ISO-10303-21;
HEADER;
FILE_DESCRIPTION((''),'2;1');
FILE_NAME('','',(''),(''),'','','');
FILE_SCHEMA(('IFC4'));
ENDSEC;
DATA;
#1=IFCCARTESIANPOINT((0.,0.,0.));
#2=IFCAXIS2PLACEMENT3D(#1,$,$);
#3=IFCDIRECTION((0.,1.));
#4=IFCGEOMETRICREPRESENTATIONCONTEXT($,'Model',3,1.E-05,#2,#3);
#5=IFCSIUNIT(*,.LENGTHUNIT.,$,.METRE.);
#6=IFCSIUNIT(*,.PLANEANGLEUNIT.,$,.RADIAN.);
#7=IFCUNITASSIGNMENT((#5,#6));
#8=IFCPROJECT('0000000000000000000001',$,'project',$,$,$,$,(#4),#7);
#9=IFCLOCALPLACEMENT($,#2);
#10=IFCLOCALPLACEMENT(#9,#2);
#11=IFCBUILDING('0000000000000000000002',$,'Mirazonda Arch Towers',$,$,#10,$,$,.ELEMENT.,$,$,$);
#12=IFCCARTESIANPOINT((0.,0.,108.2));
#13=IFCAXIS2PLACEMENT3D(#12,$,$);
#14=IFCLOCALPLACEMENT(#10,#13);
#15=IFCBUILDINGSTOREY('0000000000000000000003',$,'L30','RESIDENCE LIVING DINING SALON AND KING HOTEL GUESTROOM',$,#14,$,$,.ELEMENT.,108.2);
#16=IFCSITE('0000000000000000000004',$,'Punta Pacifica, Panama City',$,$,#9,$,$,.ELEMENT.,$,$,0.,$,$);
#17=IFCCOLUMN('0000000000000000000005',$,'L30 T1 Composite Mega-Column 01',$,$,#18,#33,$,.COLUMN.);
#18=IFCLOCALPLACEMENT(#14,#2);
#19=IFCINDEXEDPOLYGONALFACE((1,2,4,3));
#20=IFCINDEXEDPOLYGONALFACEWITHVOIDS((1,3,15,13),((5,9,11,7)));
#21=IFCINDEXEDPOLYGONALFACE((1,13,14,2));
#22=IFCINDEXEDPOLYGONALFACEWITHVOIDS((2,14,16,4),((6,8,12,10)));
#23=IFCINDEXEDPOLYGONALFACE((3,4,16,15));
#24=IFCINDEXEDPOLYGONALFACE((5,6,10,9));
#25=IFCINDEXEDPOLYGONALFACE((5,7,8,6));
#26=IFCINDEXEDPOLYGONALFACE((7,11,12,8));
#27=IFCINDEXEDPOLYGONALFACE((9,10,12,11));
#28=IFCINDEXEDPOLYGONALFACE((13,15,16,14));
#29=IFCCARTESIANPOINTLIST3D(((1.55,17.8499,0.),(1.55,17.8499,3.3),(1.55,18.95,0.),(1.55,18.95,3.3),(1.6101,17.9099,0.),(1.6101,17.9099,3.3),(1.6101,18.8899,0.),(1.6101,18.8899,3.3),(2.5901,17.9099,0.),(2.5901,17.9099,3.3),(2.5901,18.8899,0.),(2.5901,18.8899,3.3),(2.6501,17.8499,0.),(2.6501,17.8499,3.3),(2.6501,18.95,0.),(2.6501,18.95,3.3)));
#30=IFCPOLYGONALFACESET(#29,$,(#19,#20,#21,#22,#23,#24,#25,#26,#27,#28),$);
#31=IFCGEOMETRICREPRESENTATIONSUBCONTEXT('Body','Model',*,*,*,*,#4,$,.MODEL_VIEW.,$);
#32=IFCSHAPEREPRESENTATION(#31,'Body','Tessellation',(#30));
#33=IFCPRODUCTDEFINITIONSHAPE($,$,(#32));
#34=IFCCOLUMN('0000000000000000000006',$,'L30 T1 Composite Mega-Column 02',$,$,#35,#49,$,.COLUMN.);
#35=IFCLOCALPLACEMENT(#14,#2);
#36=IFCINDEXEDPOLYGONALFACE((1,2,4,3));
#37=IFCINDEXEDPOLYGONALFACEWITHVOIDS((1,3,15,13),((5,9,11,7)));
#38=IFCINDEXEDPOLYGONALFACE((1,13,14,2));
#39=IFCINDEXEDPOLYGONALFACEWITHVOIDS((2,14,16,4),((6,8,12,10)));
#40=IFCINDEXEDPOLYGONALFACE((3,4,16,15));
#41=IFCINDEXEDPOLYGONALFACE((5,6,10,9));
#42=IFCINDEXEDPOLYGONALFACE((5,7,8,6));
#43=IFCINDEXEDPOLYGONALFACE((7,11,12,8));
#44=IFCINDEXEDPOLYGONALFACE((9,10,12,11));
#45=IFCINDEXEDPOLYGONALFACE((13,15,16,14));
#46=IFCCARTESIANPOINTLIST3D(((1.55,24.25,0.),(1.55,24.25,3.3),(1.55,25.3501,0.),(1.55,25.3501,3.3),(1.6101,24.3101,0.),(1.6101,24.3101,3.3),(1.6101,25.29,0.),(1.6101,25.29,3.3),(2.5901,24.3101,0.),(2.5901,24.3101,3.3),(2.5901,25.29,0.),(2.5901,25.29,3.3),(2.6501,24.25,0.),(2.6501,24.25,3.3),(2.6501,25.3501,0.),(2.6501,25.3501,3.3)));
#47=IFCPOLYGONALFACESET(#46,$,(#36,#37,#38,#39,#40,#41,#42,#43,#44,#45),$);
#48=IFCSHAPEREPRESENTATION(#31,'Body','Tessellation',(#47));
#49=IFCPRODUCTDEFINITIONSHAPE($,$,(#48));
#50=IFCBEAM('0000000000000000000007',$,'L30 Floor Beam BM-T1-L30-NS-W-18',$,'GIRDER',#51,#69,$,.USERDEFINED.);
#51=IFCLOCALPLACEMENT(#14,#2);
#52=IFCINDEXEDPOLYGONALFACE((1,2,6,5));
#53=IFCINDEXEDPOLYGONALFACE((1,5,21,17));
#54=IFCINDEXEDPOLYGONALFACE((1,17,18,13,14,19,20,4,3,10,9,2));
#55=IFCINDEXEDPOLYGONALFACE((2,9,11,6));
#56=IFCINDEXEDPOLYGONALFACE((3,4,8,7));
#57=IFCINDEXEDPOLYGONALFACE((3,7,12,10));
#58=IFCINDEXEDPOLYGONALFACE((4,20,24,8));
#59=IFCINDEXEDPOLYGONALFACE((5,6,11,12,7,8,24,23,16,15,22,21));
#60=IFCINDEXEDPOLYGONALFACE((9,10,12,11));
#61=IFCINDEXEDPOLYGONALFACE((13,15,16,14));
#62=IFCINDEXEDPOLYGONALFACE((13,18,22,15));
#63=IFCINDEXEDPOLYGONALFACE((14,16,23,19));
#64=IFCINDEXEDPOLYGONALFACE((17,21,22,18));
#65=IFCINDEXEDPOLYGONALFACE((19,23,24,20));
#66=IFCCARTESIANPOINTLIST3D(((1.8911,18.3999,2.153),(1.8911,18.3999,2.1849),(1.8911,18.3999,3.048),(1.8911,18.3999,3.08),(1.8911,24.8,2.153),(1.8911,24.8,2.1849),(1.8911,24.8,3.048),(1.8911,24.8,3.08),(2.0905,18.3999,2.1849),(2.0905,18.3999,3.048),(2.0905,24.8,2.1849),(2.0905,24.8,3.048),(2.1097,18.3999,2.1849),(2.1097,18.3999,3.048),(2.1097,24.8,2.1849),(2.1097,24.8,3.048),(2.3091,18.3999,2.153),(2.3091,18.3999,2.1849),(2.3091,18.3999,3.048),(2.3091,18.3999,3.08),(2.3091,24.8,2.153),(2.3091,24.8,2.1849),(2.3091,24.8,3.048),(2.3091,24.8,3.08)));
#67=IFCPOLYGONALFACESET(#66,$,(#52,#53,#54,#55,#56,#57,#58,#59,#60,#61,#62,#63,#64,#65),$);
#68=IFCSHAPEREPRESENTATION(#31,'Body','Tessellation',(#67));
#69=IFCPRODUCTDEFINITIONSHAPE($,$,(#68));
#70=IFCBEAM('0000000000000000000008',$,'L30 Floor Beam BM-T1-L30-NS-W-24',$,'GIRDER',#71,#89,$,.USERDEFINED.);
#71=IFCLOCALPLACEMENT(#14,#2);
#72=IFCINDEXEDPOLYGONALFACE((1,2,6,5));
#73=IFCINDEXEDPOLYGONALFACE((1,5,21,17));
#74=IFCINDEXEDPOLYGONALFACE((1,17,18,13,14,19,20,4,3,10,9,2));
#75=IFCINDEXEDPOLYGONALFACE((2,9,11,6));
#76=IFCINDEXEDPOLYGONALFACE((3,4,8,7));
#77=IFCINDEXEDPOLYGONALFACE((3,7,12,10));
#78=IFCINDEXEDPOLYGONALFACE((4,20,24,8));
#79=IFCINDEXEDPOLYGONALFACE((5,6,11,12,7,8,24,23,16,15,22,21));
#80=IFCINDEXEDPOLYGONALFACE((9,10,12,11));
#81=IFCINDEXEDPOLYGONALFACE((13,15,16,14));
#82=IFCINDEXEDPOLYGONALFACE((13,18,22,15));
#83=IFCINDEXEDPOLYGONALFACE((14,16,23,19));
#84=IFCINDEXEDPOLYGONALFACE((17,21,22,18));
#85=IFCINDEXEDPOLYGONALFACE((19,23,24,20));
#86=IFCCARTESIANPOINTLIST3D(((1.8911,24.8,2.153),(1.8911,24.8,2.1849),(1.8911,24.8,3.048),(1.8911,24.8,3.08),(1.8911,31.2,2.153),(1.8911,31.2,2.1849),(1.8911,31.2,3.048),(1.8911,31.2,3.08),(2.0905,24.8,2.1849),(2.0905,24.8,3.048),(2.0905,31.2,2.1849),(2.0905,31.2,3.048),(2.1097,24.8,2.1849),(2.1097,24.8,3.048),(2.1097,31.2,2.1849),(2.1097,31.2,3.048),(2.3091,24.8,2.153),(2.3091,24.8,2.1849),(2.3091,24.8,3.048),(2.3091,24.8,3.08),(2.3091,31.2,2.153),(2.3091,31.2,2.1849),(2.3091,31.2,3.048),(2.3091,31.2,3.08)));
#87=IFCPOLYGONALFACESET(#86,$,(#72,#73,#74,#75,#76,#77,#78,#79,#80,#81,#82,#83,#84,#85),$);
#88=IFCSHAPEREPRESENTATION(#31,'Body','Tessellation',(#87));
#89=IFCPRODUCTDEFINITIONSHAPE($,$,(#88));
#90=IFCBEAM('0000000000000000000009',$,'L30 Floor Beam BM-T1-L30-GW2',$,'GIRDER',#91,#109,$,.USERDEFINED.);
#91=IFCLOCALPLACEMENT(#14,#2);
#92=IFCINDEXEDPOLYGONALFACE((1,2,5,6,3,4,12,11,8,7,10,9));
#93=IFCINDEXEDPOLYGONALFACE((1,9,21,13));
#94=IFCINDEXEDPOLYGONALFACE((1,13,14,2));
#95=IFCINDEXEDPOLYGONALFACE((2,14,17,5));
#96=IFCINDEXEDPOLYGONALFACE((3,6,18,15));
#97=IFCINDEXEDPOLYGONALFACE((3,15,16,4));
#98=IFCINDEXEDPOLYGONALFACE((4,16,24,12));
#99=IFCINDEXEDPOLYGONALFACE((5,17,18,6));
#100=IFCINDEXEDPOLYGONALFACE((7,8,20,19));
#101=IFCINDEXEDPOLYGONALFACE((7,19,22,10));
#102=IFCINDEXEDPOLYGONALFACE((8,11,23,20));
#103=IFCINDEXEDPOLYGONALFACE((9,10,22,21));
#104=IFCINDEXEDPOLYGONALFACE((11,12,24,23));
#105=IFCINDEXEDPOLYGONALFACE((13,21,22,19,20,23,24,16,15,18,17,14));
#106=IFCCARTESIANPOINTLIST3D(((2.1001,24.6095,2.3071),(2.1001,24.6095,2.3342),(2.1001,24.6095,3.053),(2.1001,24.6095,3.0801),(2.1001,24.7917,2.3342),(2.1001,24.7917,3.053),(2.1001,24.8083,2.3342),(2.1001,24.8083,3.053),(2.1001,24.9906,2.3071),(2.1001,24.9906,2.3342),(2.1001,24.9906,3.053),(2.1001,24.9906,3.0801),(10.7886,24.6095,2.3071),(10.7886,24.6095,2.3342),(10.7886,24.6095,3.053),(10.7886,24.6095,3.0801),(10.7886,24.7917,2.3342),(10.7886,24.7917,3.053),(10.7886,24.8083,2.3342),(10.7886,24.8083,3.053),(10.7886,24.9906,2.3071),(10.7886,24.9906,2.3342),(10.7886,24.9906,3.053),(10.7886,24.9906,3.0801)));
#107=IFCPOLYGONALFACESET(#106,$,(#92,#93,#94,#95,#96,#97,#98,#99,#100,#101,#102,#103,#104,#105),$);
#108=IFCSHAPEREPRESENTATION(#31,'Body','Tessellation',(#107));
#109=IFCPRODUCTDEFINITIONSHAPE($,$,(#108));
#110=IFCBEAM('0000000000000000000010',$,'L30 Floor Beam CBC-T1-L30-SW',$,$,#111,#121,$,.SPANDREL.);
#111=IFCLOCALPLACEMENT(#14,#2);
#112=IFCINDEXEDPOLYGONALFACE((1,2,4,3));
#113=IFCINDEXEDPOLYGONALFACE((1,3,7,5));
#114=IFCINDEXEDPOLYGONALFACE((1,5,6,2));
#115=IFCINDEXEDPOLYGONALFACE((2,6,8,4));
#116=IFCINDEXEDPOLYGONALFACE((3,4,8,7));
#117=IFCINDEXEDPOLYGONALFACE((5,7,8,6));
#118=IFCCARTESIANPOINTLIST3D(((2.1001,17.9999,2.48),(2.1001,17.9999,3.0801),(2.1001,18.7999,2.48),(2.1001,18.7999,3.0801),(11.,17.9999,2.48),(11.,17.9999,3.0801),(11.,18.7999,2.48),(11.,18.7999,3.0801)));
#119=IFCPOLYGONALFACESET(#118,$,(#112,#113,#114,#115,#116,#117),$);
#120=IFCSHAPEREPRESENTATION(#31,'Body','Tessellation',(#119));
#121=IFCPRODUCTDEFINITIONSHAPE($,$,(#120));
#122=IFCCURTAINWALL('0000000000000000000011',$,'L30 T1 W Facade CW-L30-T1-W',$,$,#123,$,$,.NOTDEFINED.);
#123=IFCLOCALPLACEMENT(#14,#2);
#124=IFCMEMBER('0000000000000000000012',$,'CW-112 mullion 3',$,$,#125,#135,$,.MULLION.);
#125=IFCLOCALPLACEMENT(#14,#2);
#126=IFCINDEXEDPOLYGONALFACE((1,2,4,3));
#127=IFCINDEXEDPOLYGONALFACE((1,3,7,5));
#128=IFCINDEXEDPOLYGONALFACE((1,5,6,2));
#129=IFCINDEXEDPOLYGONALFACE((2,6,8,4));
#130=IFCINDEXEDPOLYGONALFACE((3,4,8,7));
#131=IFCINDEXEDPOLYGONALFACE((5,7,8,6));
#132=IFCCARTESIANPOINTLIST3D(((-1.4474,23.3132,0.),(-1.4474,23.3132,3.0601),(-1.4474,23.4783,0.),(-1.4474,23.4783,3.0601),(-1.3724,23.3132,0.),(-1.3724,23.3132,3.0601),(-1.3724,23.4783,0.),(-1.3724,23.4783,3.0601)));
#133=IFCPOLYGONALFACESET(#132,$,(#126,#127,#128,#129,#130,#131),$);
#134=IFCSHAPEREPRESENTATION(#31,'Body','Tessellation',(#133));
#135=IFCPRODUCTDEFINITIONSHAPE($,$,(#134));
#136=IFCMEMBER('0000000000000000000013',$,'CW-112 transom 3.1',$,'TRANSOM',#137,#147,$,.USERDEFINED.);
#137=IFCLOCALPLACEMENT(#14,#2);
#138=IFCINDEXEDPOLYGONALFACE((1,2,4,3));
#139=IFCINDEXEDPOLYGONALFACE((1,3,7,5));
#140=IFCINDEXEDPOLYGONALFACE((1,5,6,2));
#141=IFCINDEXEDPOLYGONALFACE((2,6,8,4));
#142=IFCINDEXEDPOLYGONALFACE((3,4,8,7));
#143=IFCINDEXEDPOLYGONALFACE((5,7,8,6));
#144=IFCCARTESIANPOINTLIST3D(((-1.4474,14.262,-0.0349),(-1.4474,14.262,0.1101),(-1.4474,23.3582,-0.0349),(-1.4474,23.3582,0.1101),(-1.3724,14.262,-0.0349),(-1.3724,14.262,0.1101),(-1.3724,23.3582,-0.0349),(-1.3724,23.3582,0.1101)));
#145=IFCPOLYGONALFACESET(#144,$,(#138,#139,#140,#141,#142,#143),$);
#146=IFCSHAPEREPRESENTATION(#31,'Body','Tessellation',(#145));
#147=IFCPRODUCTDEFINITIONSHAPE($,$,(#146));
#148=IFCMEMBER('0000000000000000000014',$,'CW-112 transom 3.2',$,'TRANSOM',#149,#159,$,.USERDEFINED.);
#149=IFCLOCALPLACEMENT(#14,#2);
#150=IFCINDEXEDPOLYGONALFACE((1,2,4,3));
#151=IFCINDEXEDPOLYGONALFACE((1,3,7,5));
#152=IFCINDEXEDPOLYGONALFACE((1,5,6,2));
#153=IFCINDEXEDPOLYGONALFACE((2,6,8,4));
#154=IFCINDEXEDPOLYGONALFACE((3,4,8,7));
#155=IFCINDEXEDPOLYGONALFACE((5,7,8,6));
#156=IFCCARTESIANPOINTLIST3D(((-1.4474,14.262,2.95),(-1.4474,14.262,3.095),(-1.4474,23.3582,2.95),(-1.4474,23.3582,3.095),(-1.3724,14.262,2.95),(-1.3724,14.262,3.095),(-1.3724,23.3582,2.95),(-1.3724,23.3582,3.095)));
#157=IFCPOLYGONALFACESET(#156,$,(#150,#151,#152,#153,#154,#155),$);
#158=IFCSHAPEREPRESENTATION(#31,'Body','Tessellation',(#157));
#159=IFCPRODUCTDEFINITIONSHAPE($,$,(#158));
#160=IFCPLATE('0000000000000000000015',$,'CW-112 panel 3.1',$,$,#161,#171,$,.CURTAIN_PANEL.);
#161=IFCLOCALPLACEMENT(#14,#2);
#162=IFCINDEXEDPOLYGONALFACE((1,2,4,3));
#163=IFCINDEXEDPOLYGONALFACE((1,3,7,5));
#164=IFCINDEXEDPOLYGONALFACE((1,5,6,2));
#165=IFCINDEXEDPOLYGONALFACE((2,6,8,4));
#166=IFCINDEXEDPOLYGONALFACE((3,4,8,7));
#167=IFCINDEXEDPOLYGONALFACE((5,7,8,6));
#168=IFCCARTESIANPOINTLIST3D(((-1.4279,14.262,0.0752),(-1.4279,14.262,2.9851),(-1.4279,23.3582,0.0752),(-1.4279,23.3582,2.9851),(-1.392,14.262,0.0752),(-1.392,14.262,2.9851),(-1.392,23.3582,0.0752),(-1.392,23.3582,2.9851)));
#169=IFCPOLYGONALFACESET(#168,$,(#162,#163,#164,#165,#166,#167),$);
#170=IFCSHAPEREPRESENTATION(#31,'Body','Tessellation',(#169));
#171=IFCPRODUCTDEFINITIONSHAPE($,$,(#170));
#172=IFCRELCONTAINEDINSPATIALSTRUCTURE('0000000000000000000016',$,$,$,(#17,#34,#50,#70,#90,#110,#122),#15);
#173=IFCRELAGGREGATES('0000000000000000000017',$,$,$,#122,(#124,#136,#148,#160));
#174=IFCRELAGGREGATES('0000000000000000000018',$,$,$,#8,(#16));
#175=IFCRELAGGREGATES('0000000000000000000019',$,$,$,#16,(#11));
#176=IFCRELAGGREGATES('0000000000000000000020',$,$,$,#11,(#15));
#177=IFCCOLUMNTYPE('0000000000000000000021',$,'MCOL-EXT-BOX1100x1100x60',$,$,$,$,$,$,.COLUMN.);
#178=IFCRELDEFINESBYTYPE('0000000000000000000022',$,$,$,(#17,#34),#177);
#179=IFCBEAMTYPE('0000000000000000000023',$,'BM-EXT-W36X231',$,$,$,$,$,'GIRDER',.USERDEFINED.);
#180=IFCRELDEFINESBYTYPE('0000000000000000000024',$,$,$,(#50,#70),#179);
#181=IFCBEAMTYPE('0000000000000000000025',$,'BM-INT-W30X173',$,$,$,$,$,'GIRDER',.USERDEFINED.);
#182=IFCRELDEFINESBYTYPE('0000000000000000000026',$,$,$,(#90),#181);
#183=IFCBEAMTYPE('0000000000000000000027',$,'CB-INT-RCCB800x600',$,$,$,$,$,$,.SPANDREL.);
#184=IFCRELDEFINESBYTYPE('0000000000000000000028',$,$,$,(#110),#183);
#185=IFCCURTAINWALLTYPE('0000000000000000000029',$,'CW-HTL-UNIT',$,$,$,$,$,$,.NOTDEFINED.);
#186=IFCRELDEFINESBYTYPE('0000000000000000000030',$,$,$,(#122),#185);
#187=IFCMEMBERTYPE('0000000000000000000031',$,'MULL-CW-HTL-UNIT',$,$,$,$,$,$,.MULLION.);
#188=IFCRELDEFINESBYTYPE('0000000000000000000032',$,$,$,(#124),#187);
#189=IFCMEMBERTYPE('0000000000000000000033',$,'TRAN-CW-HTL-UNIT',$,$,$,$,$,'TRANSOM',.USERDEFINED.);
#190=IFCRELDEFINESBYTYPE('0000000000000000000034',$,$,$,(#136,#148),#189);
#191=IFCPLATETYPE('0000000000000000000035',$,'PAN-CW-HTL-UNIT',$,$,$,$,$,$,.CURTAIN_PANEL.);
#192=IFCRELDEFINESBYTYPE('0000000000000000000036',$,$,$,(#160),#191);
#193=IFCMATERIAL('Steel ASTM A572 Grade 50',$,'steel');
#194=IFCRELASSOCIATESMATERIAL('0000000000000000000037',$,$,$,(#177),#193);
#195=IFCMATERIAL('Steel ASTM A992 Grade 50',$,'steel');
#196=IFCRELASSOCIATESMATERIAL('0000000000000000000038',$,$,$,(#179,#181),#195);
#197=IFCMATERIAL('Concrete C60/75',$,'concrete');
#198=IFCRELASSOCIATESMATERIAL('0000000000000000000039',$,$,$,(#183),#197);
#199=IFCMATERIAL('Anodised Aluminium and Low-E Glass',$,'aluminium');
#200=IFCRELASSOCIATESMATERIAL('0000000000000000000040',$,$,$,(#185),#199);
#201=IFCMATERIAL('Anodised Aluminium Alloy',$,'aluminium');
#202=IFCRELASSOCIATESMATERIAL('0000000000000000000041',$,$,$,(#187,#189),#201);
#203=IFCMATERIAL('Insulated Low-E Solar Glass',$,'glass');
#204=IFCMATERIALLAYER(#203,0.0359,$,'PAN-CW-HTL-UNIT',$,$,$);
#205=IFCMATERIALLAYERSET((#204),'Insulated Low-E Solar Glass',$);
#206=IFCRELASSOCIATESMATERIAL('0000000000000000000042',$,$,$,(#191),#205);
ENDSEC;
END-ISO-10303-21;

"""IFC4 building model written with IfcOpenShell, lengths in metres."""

from ifc_helpers import new_model, si_unit, direction, frame, origin, origin_2d, place, context, subcontext, project, spatial, rectangle, hollow_rectangle, i_section, extrude, material, layer, layer_set, material_profile, profile_set, type_object, element, aggregate, save


model = new_model("IFC4")

# Units and contexts
model_context = context("Model", 3, precision=1e-05, world=origin(), true_north=direction((0.0, 1.0)))
body_context = subcontext(model_context, "Body", "Model", "MODEL_VIEW")
ifc_project = project(units=[si_unit("LENGTHUNIT", "METRE"), si_unit("PLANEANGLEUNIT", "RADIAN")], contexts=[model_context])

# Site, building, storey
site_placement = place(None, origin())
site = spatial("IfcSite", under=ifc_project, at=site_placement, Name="Punta Pacifica, Panama City", CompositionType="ELEMENT", RefElevation=0.0)
building_placement = place(site_placement, origin())
building = spatial("IfcBuilding", under=site, at=building_placement, Name="Mirazonda Arch Towers", CompositionType="ELEMENT")
storey_placement = place(building_placement, frame((0.0, 0.0, 108.2)))
storey = spatial("IfcBuildingStorey", under=building, at=storey_placement, Name="L30", Description="RESIDENCE LIVING DINING SALON AND KING HOTEL GUESTROOM", CompositionType="ELEMENT", Elevation=108.2)

# Columns
ifc_material_1 = material(Name="Steel ASTM A572 Grade 50", Category="steel")
ifc_material_profile_1 = material_profile(ifc_material_1, hollow_rectangle(XDim=1.1001, YDim=1.1001, WallThickness=0.0601, at=origin_2d()), Name="BOX1100x1100x60")
ifc_profile_set_1 = profile_set([ifc_material_profile_1], Name="Steel ASTM A572 Grade 50")
column_type = type_object("IfcColumnType", Name="MCOL-EXT-BOX1100x1100x60", PredefinedType="COLUMN", material=ifc_profile_set_1)
for number, where, z_axis, x_axis, name in (
    (1, (2.1001, 18.3999, 0.0), (0.0, 0.0, 1.0), (1.0, 0.0, 0.0), "L30 T1 Composite Mega-Column 01"),
    (2, (2.1001, 24.8, 0.0), (0.0, 0.0, 1.0), (1.0, 0.0, 0.0), "L30 T1 Composite Mega-Column 02"),
):
    element("IfcColumn", number, at=place(storey_placement, frame(where, z_axis=z_axis, x_axis=x_axis)), inside=storey, type_object=column_type, Name=name, PredefinedType="COLUMN", context=body_context, shape_type="SweptSolid", body=[
        extrude(hollow_rectangle(XDim=1.1001, YDim=1.1001, WallThickness=0.0601, at=origin_2d()), origin(), (0.0, 0.0, 1.0), 3.3),
    ])

# Beams
ifc_material_2 = material(Name="Steel ASTM A992 Grade 50", Category="steel")
ifc_material_profile_2 = material_profile(ifc_material_2, i_section(OverallWidth=0.418, OverallDepth=0.927, WebThickness=0.0193, FlangeThickness=0.032, at=origin_2d()), Name="W36X231")
ifc_profile_set_2 = profile_set([ifc_material_profile_2], Name="Steel ASTM A992 Grade 50")
beam_type_1 = type_object("IfcBeamType", Name="BM-EXT-W36X231", ElementType="GIRDER", PredefinedType="USERDEFINED", material=ifc_profile_set_2)
beam_1_placement = place(storey_placement, frame((2.1001, 18.3999, 2.6165), z_axis=(0.0, 1.0, 0.0), x_axis=(-1.0, 0.0, 0.0)))
element("IfcBeam", 3, at=beam_1_placement, inside=storey, type_object=beam_type_1, Name="L30 Floor Beam BM-T1-L30-NS-W-18", ObjectType="GIRDER", PredefinedType="USERDEFINED", context=body_context, shape_type="SweptSolid", body=[
    extrude(i_section(OverallWidth=0.418, OverallDepth=0.927, WebThickness=0.0193, FlangeThickness=0.032, at=origin_2d()), origin(), (0.0, 0.0, 1.0), 6.4001),
])
beam_2_placement = place(storey_placement, frame((2.1001, 24.8, 2.6165), z_axis=(0.0, 1.0, 0.0), x_axis=(-1.0, 0.0, 0.0)))
element("IfcBeam", 4, at=beam_2_placement, inside=storey, type_object=beam_type_1, Name="L30 Floor Beam BM-T1-L30-NS-W-24", ObjectType="GIRDER", PredefinedType="USERDEFINED", context=body_context, shape_type="SweptSolid", body=[
    extrude(i_section(OverallWidth=0.418, OverallDepth=0.927, WebThickness=0.0193, FlangeThickness=0.032, at=origin_2d()), origin(), (0.0, 0.0, 1.0), 6.3999),
])
ifc_material_profile_3 = material_profile(ifc_material_2, i_section(OverallWidth=0.3811, OverallDepth=0.7729, WebThickness=0.0166, FlangeThickness=0.0271, at=origin_2d()), Name="W30X173")
ifc_profile_set_3 = profile_set([ifc_material_profile_3], Name="Steel ASTM A992 Grade 50")
beam_type_2 = type_object("IfcBeamType", Name="BM-INT-W30X173", ElementType="GIRDER", PredefinedType="USERDEFINED", material=ifc_profile_set_3)
beam_3_placement = place(storey_placement, frame((2.1001, 24.8, 2.6936), z_axis=(1.0, 0.0, 0.0), x_axis=(0.0, 1.0, 0.0)))
element("IfcBeam", 5, at=beam_3_placement, inside=storey, type_object=beam_type_2, Name="L30 Floor Beam BM-T1-L30-GW2", ObjectType="GIRDER", PredefinedType="USERDEFINED", context=body_context, shape_type="SweptSolid", body=[
    extrude(i_section(OverallWidth=0.3811, OverallDepth=0.7729, WebThickness=0.0166, FlangeThickness=0.0271, at=origin_2d()), origin(), (0.0, 0.0, 1.0), 8.6885),
])
ifc_material_3 = material(Name="Concrete C60/75", Category="concrete")
ifc_material_profile_4 = material_profile(ifc_material_3, rectangle(XDim=0.8, YDim=0.6001, at=origin_2d()), Name="RCCB800x600")
ifc_profile_set_4 = profile_set([ifc_material_profile_4], Name="Concrete C60/75")
beam_type_3 = type_object("IfcBeamType", Name="CB-INT-RCCB800x600", PredefinedType="SPANDREL", material=ifc_profile_set_4)
beam_4_placement = place(storey_placement, frame((2.1001, 18.3999, 2.78), z_axis=(1.0, 0.0, 0.0), x_axis=(0.0, 1.0, 0.0)))
element("IfcBeam", 6, at=beam_4_placement, inside=storey, type_object=beam_type_3, Name="L30 Floor Beam CBC-T1-L30-SW", PredefinedType="SPANDREL", context=body_context, shape_type="SweptSolid", body=[
    extrude(rectangle(XDim=0.8, YDim=0.6001, at=origin_2d()), origin(), (0.0, 0.0, 1.0), 8.8999),
])

# Curtain wall, members, plate
ifc_material_4 = material(Name="Anodised Aluminium and Low-E Glass", Category="aluminium")
curtain_wall_type = type_object("IfcCurtainWallType", Name="CW-HTL-UNIT", PredefinedType="NOTDEFINED", material=ifc_material_4)
curtain_wall_placement = place(storey_placement, origin())
curtain_wall = element("IfcCurtainWall", 7, at=curtain_wall_placement, inside=storey, type_object=curtain_wall_type, Name="L30 T1 W Facade CW-L30-T1-W", PredefinedType="NOTDEFINED")
ifc_material_5 = material(Name="Anodised Aluminium Alloy", Category="aluminium")
ifc_material_profile_5 = material_profile(ifc_material_5, rectangle(XDim=0.075, YDim=0.165, at=origin_2d()), Name="ALU-MULL-75x165")
ifc_profile_set_5 = profile_set([ifc_material_profile_5], Name="Anodised Aluminium Alloy")
member_type_1 = type_object("IfcMemberType", Name="MULL-CW-HTL-UNIT", PredefinedType="MULLION", material=ifc_profile_set_5)
member_1_placement = place(storey_placement, frame((-1.4099, 23.3958, 0.0), z_axis=(0.0, 0.0, 1.0), x_axis=(1.0, 0.0, 0.0)))
member_1 = element("IfcMember", 8, at=member_1_placement, type_object=member_type_1, Name="CW-112 mullion 3", PredefinedType="MULLION", context=body_context, shape_type="SweptSolid", body=[
    extrude(rectangle(XDim=0.075, YDim=0.165, at=origin_2d()), origin(), (0.0, 0.0, 1.0), 3.0601),
])
ifc_material_profile_6 = material_profile(ifc_material_5, rectangle(XDim=0.075, YDim=0.145, at=origin_2d()), Name="ALU-TRAN-75x145")
ifc_profile_set_6 = profile_set([ifc_material_profile_6], Name="Anodised Aluminium Alloy")
member_type_2 = type_object("IfcMemberType", Name="TRAN-CW-HTL-UNIT", ElementType="TRANSOM", PredefinedType="USERDEFINED", material=ifc_profile_set_6)
member_2_placement = place(storey_placement, frame((-1.4099, 23.3582, 0.0376), z_axis=(0.0, -1.0, 0.0), x_axis=(1.0, 0.0, 0.0)))
member_2 = element("IfcMember", 9, at=member_2_placement, type_object=member_type_2, Name="CW-112 transom 3.1", ObjectType="TRANSOM", PredefinedType="USERDEFINED", context=body_context, shape_type="SweptSolid", body=[
    extrude(rectangle(XDim=0.075, YDim=0.145, at=origin_2d()), origin(), (0.0, 0.0, 1.0), 9.0962),
])
member_3_placement = place(storey_placement, frame((-1.4099, 23.3582, 3.0225), z_axis=(0.0, -1.0, 0.0), x_axis=(1.0, 0.0, 0.0)))
member_3 = element("IfcMember", 10, at=member_3_placement, type_object=member_type_2, Name="CW-112 transom 3.2", ObjectType="TRANSOM", PredefinedType="USERDEFINED", context=body_context, shape_type="SweptSolid", body=[
    extrude(rectangle(XDim=0.075, YDim=0.145, at=origin_2d()), origin(), (0.0, 0.0, 1.0), 9.0962),
])
ifc_material_6 = material(Name="Insulated Low-E Solar Glass", Category="glass")
ifc_layer_1 = layer(ifc_material_6, 0.0359, Name="PAN-CW-HTL-UNIT")
ifc_layer_set_1 = layer_set([ifc_layer_1], Name="Insulated Low-E Solar Glass")
plate_type = type_object("IfcPlateType", Name="PAN-CW-HTL-UNIT", PredefinedType="CURTAIN_PANEL", material=ifc_layer_set_1)
plate_placement = place(storey_placement, frame((-1.4099, 18.8101, 0.0752), z_axis=(0.0, 0.0, 1.0), x_axis=(0.0, -1.0, 0.0)))
plate = element("IfcPlate", 11, at=plate_placement, type_object=plate_type, Name="CW-112 panel 3.1", PredefinedType="CURTAIN_PANEL", context=body_context, shape_type="SweptSolid", body=[
    extrude(rectangle(XDim=9.0962, YDim=0.0359, at=origin_2d()), origin(), (0.0, 0.0, 1.0), 2.9099),
])
aggregate(curtain_wall, [member_1, member_2, member_3, plate])

save(model, "model.ifc")
